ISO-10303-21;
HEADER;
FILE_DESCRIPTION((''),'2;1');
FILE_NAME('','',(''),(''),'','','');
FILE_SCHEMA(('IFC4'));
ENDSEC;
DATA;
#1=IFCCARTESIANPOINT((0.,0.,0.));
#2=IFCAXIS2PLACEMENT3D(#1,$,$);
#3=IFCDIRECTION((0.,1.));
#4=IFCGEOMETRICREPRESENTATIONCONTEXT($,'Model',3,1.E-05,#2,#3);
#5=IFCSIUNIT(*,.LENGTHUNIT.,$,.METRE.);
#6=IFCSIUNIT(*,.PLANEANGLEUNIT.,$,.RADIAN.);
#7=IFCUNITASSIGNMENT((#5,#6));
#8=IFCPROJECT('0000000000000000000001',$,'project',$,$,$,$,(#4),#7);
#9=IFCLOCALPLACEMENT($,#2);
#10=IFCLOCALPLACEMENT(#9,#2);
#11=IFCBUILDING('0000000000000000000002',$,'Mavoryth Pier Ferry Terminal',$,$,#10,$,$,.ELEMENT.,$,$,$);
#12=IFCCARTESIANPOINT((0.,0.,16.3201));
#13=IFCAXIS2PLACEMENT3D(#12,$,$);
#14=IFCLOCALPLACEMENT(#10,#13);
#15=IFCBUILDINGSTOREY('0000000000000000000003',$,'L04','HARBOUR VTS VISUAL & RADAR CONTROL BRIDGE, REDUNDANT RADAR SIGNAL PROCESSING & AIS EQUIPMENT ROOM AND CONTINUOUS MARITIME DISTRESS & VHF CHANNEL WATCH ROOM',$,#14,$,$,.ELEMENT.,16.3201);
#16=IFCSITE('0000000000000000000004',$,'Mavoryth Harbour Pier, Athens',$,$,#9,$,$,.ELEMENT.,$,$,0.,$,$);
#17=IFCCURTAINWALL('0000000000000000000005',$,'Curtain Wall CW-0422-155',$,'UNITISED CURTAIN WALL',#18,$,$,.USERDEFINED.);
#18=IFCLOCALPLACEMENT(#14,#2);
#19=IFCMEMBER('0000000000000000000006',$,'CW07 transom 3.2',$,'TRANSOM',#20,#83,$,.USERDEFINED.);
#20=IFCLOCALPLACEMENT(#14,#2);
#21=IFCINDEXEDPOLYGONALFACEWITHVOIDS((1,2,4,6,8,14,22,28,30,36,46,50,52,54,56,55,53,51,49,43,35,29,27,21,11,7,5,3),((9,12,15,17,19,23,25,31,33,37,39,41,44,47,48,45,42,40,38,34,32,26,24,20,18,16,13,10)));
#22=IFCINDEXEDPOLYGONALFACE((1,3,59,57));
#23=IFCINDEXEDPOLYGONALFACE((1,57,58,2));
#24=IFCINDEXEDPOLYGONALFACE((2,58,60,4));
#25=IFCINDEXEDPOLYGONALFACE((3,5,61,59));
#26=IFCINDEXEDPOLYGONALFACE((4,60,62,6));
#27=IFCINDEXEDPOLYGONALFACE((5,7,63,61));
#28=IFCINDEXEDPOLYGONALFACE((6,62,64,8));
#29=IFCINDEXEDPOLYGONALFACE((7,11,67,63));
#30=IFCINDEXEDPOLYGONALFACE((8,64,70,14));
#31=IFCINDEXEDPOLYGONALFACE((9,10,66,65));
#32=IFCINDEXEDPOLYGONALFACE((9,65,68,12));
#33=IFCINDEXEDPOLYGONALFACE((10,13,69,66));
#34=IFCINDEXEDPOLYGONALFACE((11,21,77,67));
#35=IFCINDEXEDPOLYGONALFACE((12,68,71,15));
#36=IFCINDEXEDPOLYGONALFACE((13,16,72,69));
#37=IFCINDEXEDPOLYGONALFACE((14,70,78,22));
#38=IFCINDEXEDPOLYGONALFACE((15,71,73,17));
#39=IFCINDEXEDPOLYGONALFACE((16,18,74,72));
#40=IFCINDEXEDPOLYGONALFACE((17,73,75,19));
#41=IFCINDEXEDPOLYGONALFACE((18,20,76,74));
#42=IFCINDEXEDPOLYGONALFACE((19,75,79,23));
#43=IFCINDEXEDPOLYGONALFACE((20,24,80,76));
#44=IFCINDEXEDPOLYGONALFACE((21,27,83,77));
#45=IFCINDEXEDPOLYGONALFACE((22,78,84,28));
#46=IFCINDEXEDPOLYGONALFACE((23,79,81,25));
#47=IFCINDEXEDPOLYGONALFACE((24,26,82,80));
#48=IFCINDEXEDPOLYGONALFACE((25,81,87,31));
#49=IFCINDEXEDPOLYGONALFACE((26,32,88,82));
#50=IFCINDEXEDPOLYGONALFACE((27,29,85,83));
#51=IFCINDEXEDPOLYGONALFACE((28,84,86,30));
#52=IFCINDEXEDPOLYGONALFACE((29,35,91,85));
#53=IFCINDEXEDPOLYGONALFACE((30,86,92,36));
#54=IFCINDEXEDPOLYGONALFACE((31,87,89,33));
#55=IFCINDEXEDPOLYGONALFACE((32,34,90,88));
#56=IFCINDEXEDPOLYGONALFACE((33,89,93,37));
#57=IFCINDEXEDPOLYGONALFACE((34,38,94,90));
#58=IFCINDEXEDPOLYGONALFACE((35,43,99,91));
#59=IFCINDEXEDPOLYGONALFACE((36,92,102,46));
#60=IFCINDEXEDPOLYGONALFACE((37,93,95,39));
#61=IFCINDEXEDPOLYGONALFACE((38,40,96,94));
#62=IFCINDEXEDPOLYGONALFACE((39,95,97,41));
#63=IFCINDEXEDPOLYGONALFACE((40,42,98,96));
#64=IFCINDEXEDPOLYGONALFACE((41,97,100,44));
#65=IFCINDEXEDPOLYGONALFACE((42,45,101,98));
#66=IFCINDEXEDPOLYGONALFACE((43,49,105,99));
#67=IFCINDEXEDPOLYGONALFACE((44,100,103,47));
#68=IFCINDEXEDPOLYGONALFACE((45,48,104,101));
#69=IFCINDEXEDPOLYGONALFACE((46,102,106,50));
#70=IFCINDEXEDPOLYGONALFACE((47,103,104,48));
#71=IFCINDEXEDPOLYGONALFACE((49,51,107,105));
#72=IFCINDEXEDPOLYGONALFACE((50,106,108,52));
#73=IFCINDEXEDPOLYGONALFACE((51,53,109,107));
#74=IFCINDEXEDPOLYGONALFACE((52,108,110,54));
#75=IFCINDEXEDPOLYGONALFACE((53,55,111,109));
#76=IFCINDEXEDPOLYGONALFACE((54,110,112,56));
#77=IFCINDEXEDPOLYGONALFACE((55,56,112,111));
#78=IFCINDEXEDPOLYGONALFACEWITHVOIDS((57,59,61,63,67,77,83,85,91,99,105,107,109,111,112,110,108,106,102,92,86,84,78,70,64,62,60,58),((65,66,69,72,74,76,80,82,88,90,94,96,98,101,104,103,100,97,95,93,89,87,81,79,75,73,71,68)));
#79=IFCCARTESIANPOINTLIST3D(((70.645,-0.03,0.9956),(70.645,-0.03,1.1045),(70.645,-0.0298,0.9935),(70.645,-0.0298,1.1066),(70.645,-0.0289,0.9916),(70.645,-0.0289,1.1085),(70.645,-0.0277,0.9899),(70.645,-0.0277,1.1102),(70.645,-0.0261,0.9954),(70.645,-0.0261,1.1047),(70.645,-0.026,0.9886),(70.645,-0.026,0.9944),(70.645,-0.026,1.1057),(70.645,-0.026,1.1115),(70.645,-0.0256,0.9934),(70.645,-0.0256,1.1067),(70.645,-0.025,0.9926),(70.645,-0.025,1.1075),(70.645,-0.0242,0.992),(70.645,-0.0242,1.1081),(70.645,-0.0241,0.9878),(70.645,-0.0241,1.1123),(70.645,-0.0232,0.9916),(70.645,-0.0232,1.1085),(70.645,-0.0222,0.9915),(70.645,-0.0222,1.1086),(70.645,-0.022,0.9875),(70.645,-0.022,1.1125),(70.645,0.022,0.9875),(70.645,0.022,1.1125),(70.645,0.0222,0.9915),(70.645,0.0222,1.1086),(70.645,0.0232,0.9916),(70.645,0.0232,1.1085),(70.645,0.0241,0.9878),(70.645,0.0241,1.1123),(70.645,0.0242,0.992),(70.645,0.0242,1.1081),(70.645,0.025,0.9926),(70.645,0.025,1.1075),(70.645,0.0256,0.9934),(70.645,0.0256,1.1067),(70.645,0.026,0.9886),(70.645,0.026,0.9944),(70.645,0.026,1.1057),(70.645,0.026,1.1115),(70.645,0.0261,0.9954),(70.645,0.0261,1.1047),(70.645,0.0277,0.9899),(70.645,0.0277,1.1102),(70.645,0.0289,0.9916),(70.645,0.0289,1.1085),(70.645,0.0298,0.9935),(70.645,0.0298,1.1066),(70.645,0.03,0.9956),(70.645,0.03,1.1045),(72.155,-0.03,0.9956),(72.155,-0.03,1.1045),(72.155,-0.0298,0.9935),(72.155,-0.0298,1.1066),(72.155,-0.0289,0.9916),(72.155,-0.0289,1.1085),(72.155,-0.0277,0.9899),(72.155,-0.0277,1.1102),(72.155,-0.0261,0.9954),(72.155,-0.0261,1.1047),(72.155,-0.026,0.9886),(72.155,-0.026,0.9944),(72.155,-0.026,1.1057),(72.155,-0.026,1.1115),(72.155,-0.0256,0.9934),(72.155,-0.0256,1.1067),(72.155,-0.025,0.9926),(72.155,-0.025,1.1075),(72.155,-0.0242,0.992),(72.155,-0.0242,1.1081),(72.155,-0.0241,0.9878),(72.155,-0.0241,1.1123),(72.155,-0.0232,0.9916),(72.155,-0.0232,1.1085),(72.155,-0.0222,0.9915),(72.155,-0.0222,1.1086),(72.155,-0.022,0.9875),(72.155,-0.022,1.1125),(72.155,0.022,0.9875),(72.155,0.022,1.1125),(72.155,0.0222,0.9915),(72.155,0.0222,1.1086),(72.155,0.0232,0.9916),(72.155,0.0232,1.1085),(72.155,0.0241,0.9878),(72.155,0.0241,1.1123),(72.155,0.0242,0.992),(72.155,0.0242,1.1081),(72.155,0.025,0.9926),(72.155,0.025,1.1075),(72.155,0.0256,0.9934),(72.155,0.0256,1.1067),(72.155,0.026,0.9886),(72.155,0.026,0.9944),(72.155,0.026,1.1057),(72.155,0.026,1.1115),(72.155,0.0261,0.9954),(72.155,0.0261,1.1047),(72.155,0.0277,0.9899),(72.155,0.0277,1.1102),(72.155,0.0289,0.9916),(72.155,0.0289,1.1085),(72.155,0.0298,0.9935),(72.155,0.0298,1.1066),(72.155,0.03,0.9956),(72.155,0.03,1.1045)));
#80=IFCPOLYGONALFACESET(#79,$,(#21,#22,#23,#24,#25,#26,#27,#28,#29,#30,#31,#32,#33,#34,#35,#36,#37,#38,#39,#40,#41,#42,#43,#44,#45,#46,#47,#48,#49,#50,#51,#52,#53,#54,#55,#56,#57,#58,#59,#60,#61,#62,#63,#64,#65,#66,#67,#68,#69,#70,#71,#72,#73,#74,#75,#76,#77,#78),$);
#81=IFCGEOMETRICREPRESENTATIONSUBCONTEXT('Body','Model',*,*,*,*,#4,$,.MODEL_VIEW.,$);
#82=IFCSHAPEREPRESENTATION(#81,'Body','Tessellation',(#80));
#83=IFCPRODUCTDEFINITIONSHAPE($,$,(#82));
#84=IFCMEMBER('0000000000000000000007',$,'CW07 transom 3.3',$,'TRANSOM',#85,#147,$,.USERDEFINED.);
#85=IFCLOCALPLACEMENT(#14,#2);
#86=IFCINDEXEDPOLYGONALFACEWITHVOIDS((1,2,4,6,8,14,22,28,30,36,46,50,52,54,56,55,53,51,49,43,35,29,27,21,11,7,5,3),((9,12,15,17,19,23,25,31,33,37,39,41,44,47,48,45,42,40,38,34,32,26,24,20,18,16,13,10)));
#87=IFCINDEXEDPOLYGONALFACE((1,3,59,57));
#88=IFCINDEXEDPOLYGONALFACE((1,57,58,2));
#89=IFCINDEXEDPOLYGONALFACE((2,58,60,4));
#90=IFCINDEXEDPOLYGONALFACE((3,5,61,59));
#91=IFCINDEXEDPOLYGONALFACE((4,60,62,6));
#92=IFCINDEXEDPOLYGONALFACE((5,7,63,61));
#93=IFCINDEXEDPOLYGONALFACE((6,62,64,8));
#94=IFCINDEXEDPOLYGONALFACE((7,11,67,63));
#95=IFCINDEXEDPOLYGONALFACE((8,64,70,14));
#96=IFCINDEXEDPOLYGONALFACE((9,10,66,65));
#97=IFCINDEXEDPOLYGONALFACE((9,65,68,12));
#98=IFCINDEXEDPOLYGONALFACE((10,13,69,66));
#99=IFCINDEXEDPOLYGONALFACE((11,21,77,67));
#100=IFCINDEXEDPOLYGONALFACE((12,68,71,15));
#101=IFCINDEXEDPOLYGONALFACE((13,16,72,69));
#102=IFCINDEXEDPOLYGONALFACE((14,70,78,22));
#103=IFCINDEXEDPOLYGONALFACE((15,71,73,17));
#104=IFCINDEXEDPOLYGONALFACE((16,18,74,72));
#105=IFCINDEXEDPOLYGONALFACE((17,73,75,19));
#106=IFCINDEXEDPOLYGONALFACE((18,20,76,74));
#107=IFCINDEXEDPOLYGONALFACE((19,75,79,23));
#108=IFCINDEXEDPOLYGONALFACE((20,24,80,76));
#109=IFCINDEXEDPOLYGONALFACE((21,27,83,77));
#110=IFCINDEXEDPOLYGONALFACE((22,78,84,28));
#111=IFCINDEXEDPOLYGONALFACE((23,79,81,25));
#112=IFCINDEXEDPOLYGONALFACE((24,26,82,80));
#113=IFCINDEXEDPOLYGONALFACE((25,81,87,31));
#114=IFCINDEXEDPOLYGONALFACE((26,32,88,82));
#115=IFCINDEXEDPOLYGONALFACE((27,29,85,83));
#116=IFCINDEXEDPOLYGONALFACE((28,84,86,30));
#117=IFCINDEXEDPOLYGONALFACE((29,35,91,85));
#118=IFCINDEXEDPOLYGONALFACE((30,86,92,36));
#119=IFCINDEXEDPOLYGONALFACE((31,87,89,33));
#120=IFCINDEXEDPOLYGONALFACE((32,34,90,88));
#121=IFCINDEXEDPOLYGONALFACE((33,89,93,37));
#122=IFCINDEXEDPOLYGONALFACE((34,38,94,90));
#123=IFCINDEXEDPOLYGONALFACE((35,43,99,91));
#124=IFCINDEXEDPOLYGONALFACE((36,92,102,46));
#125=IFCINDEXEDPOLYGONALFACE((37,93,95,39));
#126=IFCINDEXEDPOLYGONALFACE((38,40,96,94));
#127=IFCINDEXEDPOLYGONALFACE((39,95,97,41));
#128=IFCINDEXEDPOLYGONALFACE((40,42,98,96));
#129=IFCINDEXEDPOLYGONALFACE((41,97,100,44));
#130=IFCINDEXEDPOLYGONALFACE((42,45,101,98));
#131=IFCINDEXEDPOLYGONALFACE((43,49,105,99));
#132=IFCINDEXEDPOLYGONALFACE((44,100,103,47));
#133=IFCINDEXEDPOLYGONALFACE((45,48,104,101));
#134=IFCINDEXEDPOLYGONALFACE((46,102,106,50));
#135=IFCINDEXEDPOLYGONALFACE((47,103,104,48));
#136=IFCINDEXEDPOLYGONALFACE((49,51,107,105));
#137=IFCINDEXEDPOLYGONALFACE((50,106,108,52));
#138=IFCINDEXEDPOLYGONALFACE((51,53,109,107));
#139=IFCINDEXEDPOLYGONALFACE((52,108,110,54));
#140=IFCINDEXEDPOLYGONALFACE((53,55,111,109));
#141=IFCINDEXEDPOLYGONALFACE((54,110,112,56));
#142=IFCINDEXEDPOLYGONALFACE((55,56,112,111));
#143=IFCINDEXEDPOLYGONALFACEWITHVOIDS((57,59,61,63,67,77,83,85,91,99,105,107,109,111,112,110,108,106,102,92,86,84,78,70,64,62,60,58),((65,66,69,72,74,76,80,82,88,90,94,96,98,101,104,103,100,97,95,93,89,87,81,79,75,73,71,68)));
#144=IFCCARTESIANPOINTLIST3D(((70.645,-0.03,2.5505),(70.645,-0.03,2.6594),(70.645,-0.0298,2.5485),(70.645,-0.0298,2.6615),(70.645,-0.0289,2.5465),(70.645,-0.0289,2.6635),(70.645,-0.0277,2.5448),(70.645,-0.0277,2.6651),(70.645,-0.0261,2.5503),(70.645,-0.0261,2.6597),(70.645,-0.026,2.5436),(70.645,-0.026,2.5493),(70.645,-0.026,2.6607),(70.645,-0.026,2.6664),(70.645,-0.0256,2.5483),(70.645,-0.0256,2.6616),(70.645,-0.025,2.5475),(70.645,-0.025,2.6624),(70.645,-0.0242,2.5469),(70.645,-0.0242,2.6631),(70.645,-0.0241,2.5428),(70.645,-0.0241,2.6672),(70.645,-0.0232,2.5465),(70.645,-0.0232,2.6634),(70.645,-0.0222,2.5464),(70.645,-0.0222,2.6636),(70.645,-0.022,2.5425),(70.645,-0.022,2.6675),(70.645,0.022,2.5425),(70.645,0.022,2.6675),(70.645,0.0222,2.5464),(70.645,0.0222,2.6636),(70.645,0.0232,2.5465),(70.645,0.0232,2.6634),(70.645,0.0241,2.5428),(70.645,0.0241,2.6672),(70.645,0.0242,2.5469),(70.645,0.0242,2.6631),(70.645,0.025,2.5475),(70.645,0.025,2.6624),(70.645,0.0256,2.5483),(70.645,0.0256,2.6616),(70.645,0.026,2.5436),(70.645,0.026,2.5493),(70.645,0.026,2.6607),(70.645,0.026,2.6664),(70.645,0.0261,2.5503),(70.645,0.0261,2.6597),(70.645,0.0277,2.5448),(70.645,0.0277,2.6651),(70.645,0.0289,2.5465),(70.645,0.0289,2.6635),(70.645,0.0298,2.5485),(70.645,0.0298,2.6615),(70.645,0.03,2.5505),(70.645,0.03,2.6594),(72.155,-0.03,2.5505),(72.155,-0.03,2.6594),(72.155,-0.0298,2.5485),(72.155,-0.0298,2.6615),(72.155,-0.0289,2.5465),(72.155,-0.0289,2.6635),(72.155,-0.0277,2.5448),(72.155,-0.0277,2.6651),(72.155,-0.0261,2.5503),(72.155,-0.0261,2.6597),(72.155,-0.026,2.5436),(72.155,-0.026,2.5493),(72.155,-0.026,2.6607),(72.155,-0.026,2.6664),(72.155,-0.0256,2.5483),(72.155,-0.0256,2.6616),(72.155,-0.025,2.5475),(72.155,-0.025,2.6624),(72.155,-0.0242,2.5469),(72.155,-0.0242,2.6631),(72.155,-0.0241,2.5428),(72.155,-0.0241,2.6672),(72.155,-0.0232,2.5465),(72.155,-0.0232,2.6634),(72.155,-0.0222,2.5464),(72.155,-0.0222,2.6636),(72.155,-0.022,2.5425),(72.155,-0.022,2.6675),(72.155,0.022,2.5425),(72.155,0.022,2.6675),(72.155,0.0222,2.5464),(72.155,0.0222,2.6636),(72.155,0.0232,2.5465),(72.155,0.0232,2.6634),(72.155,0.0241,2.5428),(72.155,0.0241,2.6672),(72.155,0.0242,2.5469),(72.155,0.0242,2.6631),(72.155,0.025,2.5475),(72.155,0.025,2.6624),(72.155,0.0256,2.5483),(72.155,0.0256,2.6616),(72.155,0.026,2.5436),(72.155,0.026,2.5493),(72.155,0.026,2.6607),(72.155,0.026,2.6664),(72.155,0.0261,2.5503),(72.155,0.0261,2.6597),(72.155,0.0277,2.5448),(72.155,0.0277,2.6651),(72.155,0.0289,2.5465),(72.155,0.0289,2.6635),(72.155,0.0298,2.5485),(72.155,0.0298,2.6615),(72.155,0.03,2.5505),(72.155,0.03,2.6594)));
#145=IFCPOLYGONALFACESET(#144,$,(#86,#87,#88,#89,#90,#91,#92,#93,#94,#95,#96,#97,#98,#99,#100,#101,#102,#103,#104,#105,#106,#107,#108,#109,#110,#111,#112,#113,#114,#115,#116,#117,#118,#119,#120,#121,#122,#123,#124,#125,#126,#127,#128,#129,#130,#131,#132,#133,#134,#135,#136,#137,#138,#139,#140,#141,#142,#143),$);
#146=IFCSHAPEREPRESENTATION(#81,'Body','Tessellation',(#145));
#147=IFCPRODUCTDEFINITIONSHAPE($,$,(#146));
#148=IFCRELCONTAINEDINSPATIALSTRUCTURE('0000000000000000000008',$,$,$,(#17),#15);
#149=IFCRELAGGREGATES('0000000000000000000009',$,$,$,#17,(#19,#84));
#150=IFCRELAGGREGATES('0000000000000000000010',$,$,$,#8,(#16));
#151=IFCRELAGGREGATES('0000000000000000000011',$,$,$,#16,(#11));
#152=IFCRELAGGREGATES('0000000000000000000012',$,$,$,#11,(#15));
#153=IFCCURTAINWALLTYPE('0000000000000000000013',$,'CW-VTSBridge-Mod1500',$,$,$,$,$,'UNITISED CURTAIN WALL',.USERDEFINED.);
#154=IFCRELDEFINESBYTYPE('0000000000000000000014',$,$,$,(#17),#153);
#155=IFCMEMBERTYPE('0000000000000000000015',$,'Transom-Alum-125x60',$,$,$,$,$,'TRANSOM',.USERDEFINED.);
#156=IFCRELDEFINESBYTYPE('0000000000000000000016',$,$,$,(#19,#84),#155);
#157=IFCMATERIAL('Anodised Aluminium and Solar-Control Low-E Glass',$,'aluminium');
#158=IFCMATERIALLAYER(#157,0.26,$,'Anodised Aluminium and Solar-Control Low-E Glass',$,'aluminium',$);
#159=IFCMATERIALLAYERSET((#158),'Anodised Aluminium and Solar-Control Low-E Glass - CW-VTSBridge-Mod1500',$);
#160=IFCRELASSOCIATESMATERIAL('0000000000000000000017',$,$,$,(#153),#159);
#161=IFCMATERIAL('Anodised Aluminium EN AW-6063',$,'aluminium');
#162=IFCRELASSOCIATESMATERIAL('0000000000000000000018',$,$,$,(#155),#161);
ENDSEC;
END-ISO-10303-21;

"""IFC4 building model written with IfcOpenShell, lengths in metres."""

from ifc_helpers import new_model, si_unit, direction, frame, origin, origin_2d, place, context, subcontext, project, spatial, hollow_rectangle, extrude, material, layer, layer_set, material_profile, profile_set, type_object, element, aggregate, save


model = new_model("IFC4")

# Units and contexts
model_context = context("Model", 3, precision=1e-05, world=origin(), true_north=direction((0.0, 1.0)))
body_context = subcontext(model_context, "Body", "Model", "MODEL_VIEW")
ifc_project = project(units=[si_unit("LENGTHUNIT", "METRE"), si_unit("PLANEANGLEUNIT", "RADIAN")], contexts=[model_context])

# Site, building, storey
site_placement = place(None, origin())
site = spatial("IfcSite", under=ifc_project, at=site_placement, Name="Mavoryth Harbour Pier, Athens", CompositionType="ELEMENT", RefElevation=0.0)
building_placement = place(site_placement, origin())
building = spatial("IfcBuilding", under=site, at=building_placement, Name="Mavoryth Pier Ferry Terminal", CompositionType="ELEMENT")
storey_placement = place(building_placement, frame((0.0, 0.0, 16.3201)))
storey = spatial("IfcBuildingStorey", under=building, at=storey_placement, Name="L04", Description="HARBOUR VTS VISUAL & RADAR CONTROL BRIDGE, REDUNDANT RADAR SIGNAL PROCESSING & AIS EQUIPMENT ROOM AND CONTINUOUS MARITIME DISTRESS & VHF CHANNEL WATCH ROOM", CompositionType="ELEMENT", Elevation=16.3201)

# Curtain wall, members
ifc_material_1 = material(Name="Anodised Aluminium and Solar-Control Low-E Glass", Category="aluminium")
ifc_layer_1 = layer(ifc_material_1, 0.26, Name="Anodised Aluminium and Solar-Control Low-E Glass", Category="aluminium")
ifc_layer_set_1 = layer_set([ifc_layer_1], Name="Anodised Aluminium and Solar-Control Low-E Glass - CW-VTSBridge-Mod1500")
curtain_wall_type = type_object("IfcCurtainWallType", Name="CW-VTSBridge-Mod1500", ElementType="UNITISED CURTAIN WALL", PredefinedType="USERDEFINED", material=ifc_layer_set_1)
curtain_wall_placement = place(storey_placement, origin())
curtain_wall = element("IfcCurtainWall", 1, at=curtain_wall_placement, inside=storey, type_object=curtain_wall_type, Name="Curtain Wall CW-0422-155", ObjectType="UNITISED CURTAIN WALL", PredefinedType="USERDEFINED")
ifc_material_2 = material(Name="Anodised Aluminium EN AW-6063", Category="aluminium")
ifc_material_profile_1 = material_profile(ifc_material_2, hollow_rectangle(XDim=0.0601, YDim=0.125, WallThickness=0.0039, InnerFilletRadius=0.0039, OuterFilletRadius=0.0081, at=origin_2d()), Name="AL-TRAN 125x60x4", Category="aluminium")
ifc_profile_set_1 = profile_set([ifc_material_profile_1], Name="Anodised Aluminium EN AW-6063 - AL-TRAN 125x60x4")
member_type_1 = type_object("IfcMemberType", Name="Transom-Alum-125x60", ElementType="TRANSOM", PredefinedType="USERDEFINED", material=ifc_profile_set_1)
member_1_placement = place(storey_placement, frame((70.645, 0.0, 1.05), z_axis=(1.0, 0.0, 0.0), x_axis=(0.0, 1.0, 0.0)))
member_1 = element("IfcMember", 2, at=member_1_placement, type_object=member_type_1, Name="CW07 transom 3.2", ObjectType="TRANSOM", PredefinedType="USERDEFINED", context=body_context, shape_type="SweptSolid", body=[
    extrude(hollow_rectangle(XDim=0.0601, YDim=0.125, WallThickness=0.0039, InnerFilletRadius=0.0039, OuterFilletRadius=0.0081, at=origin_2d()), origin(), (0.0, 0.0, 1.0), 1.51),
])
member_2_placement = place(storey_placement, frame((70.645, 0.0, 2.605), z_axis=(1.0, 0.0, 0.0), x_axis=(0.0, 1.0, 0.0)))
member_2 = element("IfcMember", 3, at=member_2_placement, type_object=member_type_1, Name="CW07 transom 3.3", ObjectType="TRANSOM", PredefinedType="USERDEFINED", context=body_context, shape_type="SweptSolid", body=[
    extrude(hollow_rectangle(XDim=0.0601, YDim=0.125, WallThickness=0.0039, InnerFilletRadius=0.0039, OuterFilletRadius=0.0081, at=origin_2d()), origin(), (0.0, 0.0, 1.0), 1.51),
])
aggregate(curtain_wall, [member_1, member_2])

save(model, "model.ifc")
